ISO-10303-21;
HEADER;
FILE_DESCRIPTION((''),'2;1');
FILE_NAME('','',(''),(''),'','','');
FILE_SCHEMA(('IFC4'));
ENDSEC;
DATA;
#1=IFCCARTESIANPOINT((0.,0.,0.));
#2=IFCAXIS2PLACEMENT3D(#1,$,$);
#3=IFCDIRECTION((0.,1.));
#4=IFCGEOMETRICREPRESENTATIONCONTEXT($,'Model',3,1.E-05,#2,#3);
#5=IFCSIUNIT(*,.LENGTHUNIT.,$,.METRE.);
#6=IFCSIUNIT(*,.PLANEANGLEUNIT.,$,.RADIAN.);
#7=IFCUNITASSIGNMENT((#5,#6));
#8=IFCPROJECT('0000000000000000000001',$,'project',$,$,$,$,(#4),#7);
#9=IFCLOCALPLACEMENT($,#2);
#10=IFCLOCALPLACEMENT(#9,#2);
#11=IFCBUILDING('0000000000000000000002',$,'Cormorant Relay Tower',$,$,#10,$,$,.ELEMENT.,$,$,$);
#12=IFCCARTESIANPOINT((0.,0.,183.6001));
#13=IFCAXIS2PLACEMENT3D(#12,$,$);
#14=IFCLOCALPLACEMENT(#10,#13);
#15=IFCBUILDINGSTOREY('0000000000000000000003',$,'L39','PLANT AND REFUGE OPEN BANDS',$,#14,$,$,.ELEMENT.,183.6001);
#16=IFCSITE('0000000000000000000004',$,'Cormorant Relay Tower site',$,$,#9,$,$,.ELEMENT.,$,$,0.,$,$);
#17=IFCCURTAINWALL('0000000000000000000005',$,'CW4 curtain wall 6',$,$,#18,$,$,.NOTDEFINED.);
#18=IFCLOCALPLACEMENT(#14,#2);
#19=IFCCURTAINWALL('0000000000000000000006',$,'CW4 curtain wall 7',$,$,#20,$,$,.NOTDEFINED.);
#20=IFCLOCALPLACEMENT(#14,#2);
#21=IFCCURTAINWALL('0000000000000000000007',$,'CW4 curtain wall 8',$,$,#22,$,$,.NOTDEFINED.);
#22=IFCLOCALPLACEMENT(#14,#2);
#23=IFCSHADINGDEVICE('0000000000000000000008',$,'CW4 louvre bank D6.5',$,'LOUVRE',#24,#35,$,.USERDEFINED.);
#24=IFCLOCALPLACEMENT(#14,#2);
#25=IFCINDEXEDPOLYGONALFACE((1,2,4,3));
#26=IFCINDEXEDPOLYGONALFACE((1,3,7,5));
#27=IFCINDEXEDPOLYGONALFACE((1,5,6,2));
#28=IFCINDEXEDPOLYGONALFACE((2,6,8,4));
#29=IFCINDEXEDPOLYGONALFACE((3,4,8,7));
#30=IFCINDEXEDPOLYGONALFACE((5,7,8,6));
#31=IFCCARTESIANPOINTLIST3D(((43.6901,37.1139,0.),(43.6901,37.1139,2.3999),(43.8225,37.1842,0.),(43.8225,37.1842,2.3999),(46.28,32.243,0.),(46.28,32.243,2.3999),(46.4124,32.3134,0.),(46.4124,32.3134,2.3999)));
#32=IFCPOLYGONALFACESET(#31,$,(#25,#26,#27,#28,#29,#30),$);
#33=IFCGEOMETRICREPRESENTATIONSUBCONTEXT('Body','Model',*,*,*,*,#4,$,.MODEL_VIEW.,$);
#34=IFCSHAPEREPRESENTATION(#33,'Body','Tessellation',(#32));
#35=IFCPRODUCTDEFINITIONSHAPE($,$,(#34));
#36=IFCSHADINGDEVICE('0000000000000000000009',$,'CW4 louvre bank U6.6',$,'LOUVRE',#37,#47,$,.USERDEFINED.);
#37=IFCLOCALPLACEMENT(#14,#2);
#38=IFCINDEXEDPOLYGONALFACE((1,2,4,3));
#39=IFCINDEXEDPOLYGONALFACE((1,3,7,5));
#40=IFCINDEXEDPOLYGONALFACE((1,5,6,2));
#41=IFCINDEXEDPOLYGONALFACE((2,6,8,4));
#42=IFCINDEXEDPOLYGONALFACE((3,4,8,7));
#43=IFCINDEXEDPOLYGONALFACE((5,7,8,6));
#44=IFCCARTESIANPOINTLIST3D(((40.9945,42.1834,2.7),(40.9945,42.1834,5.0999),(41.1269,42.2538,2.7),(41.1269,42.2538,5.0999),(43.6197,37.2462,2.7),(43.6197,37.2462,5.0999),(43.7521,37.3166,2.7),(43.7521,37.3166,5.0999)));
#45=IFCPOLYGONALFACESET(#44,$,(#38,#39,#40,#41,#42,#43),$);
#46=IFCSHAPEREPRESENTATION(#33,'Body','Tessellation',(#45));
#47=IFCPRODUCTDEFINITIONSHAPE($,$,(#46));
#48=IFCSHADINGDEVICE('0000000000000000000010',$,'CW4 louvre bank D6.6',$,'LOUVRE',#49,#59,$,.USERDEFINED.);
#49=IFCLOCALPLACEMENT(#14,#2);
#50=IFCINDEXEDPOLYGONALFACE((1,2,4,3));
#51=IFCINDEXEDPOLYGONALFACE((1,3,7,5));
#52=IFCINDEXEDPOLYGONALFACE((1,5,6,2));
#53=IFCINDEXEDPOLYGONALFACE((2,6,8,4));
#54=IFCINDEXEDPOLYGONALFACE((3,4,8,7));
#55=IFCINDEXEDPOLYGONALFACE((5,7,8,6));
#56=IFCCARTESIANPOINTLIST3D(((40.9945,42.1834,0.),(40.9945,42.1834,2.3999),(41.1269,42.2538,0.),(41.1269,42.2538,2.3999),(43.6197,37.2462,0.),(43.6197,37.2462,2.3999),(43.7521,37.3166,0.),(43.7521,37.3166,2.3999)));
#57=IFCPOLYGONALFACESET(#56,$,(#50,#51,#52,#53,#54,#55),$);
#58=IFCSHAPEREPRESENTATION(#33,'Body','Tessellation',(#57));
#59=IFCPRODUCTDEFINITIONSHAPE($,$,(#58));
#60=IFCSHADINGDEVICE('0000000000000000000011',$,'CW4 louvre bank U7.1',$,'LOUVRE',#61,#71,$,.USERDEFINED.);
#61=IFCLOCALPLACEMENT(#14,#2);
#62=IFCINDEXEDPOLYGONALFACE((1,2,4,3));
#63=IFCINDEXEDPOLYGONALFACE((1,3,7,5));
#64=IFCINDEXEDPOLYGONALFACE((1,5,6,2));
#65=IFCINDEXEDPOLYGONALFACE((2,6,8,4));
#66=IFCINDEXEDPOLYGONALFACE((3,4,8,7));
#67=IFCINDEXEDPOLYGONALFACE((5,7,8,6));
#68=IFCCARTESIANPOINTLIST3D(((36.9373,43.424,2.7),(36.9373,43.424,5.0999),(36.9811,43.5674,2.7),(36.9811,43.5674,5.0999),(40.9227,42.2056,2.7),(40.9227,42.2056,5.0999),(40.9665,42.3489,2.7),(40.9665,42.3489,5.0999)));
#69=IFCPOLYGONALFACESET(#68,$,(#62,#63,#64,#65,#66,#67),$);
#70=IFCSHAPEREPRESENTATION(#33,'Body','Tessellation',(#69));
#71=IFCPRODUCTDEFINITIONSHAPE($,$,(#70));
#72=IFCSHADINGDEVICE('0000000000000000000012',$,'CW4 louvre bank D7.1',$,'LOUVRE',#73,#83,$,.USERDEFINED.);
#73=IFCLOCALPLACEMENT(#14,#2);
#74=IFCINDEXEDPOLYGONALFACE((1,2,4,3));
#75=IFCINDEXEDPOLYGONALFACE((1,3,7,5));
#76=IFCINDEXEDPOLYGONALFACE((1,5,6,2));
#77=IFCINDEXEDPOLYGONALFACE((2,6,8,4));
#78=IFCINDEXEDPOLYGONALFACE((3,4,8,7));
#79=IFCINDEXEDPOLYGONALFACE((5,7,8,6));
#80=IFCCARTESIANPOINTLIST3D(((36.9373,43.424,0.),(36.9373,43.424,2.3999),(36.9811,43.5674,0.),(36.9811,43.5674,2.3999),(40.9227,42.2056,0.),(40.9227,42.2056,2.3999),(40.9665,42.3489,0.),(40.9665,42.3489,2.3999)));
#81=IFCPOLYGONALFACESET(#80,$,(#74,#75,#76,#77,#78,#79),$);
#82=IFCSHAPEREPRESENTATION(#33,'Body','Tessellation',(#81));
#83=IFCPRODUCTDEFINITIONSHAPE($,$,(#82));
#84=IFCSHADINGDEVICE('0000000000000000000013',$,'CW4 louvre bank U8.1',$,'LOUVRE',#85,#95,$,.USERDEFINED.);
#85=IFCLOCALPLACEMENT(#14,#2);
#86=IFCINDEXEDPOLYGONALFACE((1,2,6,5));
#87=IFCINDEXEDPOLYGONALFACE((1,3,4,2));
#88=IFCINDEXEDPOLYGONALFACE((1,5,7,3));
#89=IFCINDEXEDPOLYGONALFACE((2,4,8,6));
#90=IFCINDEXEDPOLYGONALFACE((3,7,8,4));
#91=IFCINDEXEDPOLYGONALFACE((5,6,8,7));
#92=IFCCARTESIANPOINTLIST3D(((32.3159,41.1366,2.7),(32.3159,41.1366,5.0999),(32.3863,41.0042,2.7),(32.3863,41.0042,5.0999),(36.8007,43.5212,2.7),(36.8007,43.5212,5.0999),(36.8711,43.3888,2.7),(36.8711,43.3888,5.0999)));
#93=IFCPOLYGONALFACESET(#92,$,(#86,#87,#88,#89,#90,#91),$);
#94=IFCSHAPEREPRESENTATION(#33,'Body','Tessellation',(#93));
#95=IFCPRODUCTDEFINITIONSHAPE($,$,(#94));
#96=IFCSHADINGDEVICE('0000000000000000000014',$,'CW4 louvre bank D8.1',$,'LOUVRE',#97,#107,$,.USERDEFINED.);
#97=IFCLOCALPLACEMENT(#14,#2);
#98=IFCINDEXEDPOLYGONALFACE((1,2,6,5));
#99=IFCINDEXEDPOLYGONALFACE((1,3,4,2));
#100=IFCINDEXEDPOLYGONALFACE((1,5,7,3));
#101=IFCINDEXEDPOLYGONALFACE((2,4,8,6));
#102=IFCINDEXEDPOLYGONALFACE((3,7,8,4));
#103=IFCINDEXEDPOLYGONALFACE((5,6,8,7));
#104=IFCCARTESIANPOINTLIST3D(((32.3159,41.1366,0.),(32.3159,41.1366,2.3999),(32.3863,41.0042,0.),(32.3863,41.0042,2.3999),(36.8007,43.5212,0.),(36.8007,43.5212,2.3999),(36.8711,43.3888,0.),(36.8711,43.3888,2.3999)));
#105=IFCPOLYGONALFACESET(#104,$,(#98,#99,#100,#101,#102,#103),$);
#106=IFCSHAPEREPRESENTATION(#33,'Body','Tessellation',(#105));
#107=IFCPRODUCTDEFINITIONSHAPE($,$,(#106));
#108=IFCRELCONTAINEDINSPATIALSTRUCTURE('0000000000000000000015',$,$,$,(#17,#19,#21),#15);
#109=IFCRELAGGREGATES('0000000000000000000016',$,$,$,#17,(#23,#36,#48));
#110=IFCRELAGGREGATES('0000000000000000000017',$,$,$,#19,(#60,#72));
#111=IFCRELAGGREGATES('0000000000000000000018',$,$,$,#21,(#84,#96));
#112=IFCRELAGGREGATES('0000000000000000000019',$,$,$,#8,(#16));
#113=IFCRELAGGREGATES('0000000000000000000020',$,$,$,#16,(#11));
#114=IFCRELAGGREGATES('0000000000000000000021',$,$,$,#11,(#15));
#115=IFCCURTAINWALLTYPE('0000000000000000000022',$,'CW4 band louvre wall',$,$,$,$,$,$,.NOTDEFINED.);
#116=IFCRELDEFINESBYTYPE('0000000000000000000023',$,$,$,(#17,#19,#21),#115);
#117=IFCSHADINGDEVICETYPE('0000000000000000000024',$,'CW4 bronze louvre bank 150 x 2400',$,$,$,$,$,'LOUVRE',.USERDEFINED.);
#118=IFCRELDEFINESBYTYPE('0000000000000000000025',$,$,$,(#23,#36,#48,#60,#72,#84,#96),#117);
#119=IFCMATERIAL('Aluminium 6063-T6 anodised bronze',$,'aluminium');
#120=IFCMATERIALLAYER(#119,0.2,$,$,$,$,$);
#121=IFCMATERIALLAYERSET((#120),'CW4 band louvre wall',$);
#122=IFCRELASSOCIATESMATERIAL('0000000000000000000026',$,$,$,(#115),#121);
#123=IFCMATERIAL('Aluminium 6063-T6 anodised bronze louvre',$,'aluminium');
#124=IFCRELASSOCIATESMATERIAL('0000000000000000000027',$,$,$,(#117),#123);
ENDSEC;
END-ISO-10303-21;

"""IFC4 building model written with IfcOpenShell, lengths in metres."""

from ifc_helpers import new_model, si_unit, direction, frame, origin, origin_2d, place, context, subcontext, project, spatial, rectangle, extrude, material, layer, layer_set, type_object, element, aggregate, save


model = new_model("IFC4")

# Units and contexts
model_context = context("Model", 3, precision=1e-05, world=origin(), true_north=direction((0.0, 1.0)))
body_context = subcontext(model_context, "Body", "Model", "MODEL_VIEW")
ifc_project = project(units=[si_unit("LENGTHUNIT", "METRE"), si_unit("PLANEANGLEUNIT", "RADIAN")], contexts=[model_context])

# Site, building, storey
site_placement = place(None, origin())
site = spatial("IfcSite", under=ifc_project, at=site_placement, Name="Cormorant Relay Tower site", CompositionType="ELEMENT", RefElevation=0.0)
building_placement = place(site_placement, origin())
building = spatial("IfcBuilding", under=site, at=building_placement, Name="Cormorant Relay Tower", CompositionType="ELEMENT")
storey_placement = place(building_placement, frame((0.0, 0.0, 183.6001)))
storey = spatial("IfcBuildingStorey", under=building, at=storey_placement, Name="L39", Description="PLANT AND REFUGE OPEN BANDS", CompositionType="ELEMENT", Elevation=183.6001)

# Curtain wall
ifc_material_1 = material(Name="Aluminium 6063-T6 anodised bronze", Category="aluminium")
ifc_layer_1 = layer(ifc_material_1, 0.2)
ifc_layer_set_1 = layer_set([ifc_layer_1], Name="CW4 band louvre wall")
curtain_wall_type = type_object("IfcCurtainWallType", Name="CW4 band louvre wall", PredefinedType="NOTDEFINED", material=ifc_layer_set_1)
curtain_wall_1_placement = place(storey_placement, origin())
curtain_wall_1 = element("IfcCurtainWall", 1, at=curtain_wall_1_placement, inside=storey, type_object=curtain_wall_type, Name="CW4 curtain wall 6", PredefinedType="NOTDEFINED")

# Curtain walls
curtain_wall_2_placement = place(storey_placement, origin())
curtain_wall_2 = element("IfcCurtainWall", 2, at=curtain_wall_2_placement, inside=storey, type_object=curtain_wall_type, Name="CW4 curtain wall 7", PredefinedType="NOTDEFINED")
curtain_wall_3_placement = place(storey_placement, origin())
curtain_wall_3 = element("IfcCurtainWall", 3, at=curtain_wall_3_placement, inside=storey, type_object=curtain_wall_type, Name="CW4 curtain wall 8", PredefinedType="NOTDEFINED")

# Shading devices
ifc_material_2 = material(Name="Aluminium 6063-T6 anodised bronze louvre", Category="aluminium")
shading_device_type = type_object("IfcShadingDeviceType", Name="CW4 bronze louvre bank 150 x 2400", ElementType="LOUVRE", PredefinedType="USERDEFINED", material=ifc_material_2)
shading_device_1_placement = place(storey_placement, frame((45.0513, 34.7136, 0.0), z_axis=(0.0, 0.0, 1.0), x_axis=(-0.469472, 0.882948, 0.0)))
shading_device_1 = element("IfcShadingDevice", 4, at=shading_device_1_placement, type_object=shading_device_type, Name="CW4 louvre bank D6.5", ObjectType="LOUVRE", PredefinedType="USERDEFINED", context=body_context, shape_type="SweptSolid", body=[
    extrude(rectangle(XDim=5.5166, YDim=0.1499, at=origin_2d()), origin(), (0.0, 0.0, 1.0), 2.3999),
])
shading_device_2_placement = place(storey_placement, frame((42.3733, 39.75, 2.7), z_axis=(0.0, 0.0, 1.0), x_axis=(-0.469472, 0.882948, 0.0)))
shading_device_2 = element("IfcShadingDevice", 5, at=shading_device_2_placement, type_object=shading_device_type, Name="CW4 louvre bank U6.6", ObjectType="LOUVRE", PredefinedType="USERDEFINED", context=body_context, shape_type="SweptSolid", body=[
    extrude(rectangle(XDim=5.5918, YDim=0.1499, at=origin_2d()), origin(), (0.0, 0.0, 1.0), 2.3999),
])
shading_device_3_placement = place(storey_placement, frame((42.3733, 39.75, 0.0), z_axis=(0.0, 0.0, 1.0), x_axis=(-0.469472, 0.882948, 0.0)))
shading_device_3 = element("IfcShadingDevice", 6, at=shading_device_3_placement, type_object=shading_device_type, Name="CW4 louvre bank D6.6", ObjectType="LOUVRE", PredefinedType="USERDEFINED", context=body_context, shape_type="SweptSolid", body=[
    extrude(rectangle(XDim=5.5918, YDim=0.1499, at=origin_2d()), origin(), (0.0, 0.0, 1.0), 2.3999),
])
aggregate(curtain_wall_1, [shading_device_1, shading_device_2, shading_device_3])
shading_device_4_placement = place(storey_placement, frame((38.9519, 42.8865, 2.7), z_axis=(0.0, 0.0, 1.0), x_axis=(-0.956305, 0.292372, 0.0)))
shading_device_4 = element("IfcShadingDevice", 7, at=shading_device_4_placement, type_object=shading_device_type, Name="CW4 louvre bank U7.1", ObjectType="LOUVRE", PredefinedType="USERDEFINED", context=body_context, shape_type="SweptSolid", body=[
    extrude(rectangle(XDim=4.1675, YDim=0.1499, at=origin_2d()), origin(), (0.0, 0.0, 1.0), 2.3999),
])
shading_device_5_placement = place(storey_placement, frame((38.9519, 42.8865, 0.0), z_axis=(0.0, 0.0, 1.0), x_axis=(-0.956305, 0.292372, 0.0)))
shading_device_5 = element("IfcShadingDevice", 8, at=shading_device_5_placement, type_object=shading_device_type, Name="CW4 louvre bank D7.1", ObjectType="LOUVRE", PredefinedType="USERDEFINED", context=body_context, shape_type="SweptSolid", body=[
    extrude(rectangle(XDim=4.1675, YDim=0.1499, at=origin_2d()), origin(), (0.0, 0.0, 1.0), 2.3999),
])
aggregate(curtain_wall_2, [shading_device_4, shading_device_5])
shading_device_6_placement = place(storey_placement, frame((34.5935, 42.2627, 2.7), z_axis=(0.0, 0.0, 1.0), x_axis=(-0.882948, -0.469472, 0.0)))
shading_device_6 = element("IfcShadingDevice", 9, at=shading_device_6_placement, type_object=shading_device_type, Name="CW4 louvre bank U8.1", ObjectType="LOUVRE", PredefinedType="USERDEFINED", context=body_context, shape_type="SweptSolid", body=[
    extrude(rectangle(XDim=5.0793, YDim=0.1499, at=origin_2d()), origin(), (0.0, 0.0, 1.0), 2.3999),
])
shading_device_7_placement = place(storey_placement, frame((34.5935, 42.2627, 0.0), z_axis=(0.0, 0.0, 1.0), x_axis=(-0.882948, -0.469472, 0.0)))
shading_device_7 = element("IfcShadingDevice", 10, at=shading_device_7_placement, type_object=shading_device_type, Name="CW4 louvre bank D8.1", ObjectType="LOUVRE", PredefinedType="USERDEFINED", context=body_context, shape_type="SweptSolid", body=[
    extrude(rectangle(XDim=5.0793, YDim=0.1499, at=origin_2d()), origin(), (0.0, 0.0, 1.0), 2.3999),
])
aggregate(curtain_wall_3, [shading_device_6, shading_device_7])

save(model, "model.ifc")
